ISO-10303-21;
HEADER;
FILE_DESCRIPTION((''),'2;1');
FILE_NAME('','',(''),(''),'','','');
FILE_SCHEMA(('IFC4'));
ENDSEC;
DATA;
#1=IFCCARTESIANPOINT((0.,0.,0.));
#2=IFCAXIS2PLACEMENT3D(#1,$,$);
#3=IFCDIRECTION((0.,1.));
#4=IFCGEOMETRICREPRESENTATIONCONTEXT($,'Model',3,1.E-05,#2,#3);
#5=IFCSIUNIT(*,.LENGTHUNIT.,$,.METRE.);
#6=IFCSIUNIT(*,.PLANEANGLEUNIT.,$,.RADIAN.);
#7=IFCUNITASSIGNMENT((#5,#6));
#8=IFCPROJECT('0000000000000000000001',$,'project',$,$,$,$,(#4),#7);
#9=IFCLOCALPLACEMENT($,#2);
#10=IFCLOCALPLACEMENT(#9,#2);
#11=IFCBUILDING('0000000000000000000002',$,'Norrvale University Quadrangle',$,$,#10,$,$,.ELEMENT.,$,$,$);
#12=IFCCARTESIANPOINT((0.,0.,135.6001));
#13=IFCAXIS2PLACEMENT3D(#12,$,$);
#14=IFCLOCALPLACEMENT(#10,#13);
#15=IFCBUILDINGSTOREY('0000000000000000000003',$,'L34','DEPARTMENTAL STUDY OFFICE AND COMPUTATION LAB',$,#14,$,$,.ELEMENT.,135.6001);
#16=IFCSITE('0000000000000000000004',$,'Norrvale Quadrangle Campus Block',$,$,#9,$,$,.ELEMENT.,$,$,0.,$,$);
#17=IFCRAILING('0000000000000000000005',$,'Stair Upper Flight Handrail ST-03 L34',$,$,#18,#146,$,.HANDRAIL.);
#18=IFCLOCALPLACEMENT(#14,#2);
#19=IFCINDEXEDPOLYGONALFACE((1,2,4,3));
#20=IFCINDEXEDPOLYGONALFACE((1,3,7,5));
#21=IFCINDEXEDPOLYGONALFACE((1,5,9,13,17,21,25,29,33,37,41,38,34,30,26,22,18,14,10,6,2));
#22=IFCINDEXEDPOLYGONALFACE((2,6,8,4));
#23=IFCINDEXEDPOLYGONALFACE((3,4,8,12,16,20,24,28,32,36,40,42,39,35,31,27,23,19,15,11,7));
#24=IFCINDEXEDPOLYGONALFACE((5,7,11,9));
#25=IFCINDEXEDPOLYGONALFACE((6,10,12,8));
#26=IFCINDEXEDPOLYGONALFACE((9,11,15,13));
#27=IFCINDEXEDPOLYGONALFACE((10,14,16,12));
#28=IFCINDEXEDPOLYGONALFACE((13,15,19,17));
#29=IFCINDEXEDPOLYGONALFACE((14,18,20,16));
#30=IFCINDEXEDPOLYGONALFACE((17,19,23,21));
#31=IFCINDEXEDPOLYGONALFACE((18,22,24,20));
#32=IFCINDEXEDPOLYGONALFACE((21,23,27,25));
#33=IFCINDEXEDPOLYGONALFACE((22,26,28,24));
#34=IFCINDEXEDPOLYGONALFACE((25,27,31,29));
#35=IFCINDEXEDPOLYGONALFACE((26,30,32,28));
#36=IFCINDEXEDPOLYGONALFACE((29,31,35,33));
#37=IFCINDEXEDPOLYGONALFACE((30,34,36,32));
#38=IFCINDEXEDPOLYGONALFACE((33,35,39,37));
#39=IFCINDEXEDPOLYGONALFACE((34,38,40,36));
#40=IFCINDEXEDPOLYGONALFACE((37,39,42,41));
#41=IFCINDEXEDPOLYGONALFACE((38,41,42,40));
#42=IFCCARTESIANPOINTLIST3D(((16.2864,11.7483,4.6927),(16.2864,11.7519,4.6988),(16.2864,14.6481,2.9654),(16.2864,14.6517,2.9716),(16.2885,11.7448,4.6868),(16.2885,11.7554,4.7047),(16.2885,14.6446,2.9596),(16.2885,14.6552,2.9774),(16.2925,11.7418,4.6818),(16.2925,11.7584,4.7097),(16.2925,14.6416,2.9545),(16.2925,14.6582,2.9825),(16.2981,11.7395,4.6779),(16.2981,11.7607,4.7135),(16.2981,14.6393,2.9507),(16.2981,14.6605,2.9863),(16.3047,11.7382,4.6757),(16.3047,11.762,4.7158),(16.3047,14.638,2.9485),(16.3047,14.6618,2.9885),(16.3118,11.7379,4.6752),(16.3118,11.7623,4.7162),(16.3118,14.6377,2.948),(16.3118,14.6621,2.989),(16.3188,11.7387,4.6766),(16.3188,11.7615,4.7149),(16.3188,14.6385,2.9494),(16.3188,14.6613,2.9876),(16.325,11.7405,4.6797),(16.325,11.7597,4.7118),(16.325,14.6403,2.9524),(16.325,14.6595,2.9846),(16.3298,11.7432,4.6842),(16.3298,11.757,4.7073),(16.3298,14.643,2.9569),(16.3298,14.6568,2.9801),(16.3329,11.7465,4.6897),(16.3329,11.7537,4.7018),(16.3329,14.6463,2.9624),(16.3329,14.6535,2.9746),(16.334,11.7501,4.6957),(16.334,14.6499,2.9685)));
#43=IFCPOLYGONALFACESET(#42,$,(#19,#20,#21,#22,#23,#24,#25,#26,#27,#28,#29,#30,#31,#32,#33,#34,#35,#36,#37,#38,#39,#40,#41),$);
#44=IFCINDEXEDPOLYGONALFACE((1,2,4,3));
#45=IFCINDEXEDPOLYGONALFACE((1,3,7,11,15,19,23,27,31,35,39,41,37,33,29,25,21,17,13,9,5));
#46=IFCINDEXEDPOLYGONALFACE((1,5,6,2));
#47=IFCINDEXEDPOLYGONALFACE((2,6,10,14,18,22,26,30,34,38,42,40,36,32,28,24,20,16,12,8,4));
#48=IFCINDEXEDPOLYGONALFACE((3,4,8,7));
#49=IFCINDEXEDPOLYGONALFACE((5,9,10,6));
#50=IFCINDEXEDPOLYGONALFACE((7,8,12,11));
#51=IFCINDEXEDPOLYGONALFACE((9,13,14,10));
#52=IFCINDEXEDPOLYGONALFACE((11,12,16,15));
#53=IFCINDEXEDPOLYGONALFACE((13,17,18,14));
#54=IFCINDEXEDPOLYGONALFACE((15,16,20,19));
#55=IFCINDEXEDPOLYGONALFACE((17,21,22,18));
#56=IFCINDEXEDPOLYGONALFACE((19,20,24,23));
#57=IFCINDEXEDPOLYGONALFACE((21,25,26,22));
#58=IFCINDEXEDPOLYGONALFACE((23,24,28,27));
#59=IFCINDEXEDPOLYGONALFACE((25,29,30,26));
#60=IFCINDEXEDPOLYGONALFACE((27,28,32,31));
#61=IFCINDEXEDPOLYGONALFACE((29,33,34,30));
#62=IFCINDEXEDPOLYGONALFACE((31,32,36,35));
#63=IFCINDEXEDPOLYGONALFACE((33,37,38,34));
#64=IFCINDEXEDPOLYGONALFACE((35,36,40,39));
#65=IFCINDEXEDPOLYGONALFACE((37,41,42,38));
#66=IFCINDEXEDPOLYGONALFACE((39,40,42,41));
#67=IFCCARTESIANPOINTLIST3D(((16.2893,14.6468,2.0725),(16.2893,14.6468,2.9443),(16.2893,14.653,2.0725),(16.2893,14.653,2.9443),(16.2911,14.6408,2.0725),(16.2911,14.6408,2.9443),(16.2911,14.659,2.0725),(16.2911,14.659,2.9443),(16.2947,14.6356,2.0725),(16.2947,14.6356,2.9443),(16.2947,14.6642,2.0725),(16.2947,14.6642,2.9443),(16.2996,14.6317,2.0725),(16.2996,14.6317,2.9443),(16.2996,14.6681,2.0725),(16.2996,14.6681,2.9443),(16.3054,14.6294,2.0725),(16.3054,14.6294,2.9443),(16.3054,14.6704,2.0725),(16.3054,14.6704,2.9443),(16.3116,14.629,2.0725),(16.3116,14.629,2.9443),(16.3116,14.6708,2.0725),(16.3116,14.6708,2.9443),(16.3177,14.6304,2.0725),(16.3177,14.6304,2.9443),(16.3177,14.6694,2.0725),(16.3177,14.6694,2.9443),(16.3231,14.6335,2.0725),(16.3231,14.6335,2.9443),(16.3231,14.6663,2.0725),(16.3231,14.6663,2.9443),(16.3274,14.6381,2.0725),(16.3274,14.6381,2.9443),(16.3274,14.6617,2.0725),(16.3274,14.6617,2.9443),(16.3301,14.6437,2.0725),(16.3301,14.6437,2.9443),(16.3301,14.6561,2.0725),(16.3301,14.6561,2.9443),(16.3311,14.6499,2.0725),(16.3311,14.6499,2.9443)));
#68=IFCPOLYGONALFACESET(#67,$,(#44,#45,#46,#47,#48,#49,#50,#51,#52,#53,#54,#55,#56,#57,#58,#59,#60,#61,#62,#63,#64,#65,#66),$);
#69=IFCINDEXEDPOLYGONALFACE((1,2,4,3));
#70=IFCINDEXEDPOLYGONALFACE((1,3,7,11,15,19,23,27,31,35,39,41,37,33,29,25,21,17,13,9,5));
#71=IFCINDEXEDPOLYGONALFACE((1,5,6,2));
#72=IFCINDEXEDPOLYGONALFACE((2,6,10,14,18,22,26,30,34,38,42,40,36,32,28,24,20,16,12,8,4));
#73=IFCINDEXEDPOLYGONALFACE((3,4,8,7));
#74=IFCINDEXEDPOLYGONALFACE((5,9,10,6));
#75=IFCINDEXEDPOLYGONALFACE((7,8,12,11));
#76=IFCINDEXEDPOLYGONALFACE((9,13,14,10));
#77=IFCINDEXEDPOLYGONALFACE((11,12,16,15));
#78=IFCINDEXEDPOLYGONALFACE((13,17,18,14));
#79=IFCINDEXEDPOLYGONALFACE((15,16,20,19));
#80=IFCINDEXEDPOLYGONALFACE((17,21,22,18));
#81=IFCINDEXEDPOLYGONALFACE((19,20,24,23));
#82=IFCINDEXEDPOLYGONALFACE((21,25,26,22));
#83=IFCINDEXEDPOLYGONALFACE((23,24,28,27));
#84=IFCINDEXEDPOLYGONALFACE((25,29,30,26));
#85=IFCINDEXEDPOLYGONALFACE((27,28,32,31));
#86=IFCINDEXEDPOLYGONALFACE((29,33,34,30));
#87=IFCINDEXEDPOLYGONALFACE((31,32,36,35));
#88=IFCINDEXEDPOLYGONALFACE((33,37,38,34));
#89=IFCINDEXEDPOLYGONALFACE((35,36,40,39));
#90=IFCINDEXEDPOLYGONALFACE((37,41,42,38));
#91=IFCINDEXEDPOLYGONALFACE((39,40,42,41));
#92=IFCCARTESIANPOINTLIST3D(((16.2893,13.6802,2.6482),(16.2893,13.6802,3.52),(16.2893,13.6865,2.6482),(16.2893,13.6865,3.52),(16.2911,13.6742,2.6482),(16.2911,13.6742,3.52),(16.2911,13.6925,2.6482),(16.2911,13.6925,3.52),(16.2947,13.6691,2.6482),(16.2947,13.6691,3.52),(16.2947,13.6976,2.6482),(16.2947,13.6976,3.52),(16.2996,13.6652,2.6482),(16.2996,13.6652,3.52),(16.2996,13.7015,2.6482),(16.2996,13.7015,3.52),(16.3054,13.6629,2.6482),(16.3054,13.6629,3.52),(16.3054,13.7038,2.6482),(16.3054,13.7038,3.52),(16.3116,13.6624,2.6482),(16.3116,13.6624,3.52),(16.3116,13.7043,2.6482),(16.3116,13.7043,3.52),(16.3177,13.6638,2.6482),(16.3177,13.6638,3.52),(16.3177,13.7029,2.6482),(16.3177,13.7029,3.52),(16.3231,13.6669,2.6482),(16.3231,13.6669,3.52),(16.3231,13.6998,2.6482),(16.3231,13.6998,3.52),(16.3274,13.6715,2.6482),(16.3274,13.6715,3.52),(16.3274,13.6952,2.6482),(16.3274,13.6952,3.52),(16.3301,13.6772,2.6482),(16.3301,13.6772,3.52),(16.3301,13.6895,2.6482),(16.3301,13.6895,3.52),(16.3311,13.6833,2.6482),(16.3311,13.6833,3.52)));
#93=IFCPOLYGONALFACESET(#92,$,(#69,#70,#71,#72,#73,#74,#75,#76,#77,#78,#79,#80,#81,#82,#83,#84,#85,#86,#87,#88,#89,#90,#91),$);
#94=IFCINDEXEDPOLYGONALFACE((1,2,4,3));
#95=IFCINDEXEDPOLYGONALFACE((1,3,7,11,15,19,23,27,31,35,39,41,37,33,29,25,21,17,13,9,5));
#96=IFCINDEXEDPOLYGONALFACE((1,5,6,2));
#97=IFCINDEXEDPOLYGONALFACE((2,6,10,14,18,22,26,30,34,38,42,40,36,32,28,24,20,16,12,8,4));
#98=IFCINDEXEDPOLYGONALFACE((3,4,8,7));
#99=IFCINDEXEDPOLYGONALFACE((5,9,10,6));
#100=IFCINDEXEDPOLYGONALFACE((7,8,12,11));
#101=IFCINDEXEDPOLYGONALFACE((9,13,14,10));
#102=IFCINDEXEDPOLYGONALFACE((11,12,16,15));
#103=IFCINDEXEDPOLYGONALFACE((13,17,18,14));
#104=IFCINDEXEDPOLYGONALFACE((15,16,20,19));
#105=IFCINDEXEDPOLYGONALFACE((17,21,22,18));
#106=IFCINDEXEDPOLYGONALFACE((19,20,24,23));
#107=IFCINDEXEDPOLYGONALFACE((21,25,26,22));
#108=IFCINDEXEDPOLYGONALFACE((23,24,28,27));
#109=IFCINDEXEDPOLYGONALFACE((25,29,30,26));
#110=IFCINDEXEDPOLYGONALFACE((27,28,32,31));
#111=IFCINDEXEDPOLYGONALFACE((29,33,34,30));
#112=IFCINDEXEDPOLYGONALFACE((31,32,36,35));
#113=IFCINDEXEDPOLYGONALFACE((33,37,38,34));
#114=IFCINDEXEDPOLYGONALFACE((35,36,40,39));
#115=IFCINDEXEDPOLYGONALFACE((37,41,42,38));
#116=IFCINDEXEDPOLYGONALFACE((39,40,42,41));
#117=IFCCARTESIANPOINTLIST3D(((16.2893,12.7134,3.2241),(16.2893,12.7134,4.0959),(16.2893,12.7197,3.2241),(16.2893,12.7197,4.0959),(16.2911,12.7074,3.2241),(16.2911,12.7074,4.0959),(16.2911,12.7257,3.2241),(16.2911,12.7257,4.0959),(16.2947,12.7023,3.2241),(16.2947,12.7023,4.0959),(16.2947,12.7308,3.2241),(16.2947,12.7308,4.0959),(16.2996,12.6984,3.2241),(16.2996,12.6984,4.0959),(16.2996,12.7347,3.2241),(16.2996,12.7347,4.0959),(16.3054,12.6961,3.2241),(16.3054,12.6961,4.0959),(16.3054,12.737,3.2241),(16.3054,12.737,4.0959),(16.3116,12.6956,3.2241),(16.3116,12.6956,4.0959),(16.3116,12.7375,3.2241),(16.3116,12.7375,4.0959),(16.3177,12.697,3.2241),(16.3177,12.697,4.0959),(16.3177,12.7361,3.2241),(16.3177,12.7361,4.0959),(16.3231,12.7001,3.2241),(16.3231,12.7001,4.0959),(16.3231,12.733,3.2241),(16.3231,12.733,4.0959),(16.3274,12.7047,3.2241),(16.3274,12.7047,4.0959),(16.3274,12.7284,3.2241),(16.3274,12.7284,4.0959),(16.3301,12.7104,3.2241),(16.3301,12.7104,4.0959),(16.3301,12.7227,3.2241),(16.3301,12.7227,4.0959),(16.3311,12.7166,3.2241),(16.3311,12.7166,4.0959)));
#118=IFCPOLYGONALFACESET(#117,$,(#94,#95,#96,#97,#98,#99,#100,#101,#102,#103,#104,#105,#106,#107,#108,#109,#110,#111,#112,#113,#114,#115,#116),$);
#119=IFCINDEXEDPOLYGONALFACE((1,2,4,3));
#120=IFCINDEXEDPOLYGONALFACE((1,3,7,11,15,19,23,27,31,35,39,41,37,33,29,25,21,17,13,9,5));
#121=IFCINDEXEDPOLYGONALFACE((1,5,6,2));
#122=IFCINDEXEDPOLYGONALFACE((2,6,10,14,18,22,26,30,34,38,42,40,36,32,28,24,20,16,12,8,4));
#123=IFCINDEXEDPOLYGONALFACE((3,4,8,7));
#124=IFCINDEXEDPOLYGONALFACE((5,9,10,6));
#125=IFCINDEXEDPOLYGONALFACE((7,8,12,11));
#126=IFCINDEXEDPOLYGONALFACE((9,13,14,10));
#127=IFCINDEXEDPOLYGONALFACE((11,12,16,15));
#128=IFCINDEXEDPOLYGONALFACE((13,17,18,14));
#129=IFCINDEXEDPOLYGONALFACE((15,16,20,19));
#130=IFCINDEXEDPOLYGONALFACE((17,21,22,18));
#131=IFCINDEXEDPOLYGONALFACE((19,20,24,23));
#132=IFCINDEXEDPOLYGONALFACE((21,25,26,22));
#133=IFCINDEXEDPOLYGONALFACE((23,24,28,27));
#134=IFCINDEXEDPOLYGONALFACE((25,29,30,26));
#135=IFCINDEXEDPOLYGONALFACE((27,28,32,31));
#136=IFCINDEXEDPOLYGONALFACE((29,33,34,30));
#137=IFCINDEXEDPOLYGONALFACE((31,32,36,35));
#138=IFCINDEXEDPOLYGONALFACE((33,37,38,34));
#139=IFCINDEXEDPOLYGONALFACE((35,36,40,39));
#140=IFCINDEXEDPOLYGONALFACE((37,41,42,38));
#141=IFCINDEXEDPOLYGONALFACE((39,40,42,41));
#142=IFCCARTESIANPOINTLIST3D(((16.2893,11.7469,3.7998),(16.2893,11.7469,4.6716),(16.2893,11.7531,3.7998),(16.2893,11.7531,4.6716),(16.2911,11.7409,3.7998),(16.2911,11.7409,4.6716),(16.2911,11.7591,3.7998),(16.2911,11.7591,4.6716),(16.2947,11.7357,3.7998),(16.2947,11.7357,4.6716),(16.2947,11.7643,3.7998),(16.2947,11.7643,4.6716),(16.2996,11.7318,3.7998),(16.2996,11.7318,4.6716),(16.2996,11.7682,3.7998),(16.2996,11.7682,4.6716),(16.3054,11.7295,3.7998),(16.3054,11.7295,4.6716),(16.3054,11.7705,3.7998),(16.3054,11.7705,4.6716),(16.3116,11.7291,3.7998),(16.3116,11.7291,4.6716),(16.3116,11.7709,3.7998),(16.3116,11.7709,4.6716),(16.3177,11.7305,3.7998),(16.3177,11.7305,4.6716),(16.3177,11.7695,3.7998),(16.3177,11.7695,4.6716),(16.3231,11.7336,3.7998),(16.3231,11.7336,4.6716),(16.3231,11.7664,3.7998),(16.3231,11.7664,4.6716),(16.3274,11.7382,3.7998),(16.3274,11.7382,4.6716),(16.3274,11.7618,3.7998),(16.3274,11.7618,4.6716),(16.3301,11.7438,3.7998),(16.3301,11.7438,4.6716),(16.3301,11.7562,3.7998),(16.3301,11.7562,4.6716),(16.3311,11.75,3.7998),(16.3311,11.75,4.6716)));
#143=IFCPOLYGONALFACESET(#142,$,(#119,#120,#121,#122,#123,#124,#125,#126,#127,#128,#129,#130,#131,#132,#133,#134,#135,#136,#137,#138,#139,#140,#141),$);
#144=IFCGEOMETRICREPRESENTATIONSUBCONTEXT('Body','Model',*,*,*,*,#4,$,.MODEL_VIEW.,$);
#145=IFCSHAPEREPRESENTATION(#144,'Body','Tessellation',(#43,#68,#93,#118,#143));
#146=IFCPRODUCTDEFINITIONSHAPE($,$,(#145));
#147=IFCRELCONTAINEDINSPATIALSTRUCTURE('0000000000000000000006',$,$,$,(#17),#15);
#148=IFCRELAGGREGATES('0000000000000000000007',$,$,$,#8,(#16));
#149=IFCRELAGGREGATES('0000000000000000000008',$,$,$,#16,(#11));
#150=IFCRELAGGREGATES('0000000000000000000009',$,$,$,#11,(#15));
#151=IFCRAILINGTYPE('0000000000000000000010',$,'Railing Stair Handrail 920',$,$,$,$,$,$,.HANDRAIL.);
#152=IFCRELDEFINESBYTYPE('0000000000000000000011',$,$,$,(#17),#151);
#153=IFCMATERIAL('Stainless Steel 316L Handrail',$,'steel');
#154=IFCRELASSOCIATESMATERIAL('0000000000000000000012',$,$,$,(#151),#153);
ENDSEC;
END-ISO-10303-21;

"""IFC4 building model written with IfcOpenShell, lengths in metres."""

from ifc_helpers import new_model, si_unit, direction, frame, origin, origin_2d, place, context, subcontext, project, spatial, circle, extrude, material, type_object, element, save


model = new_model("IFC4")

# Units and contexts
model_context = context("Model", 3, precision=1e-05, world=origin(), true_north=direction((0.0, 1.0)))
body_context = subcontext(model_context, "Body", "Model", "MODEL_VIEW")
ifc_project = project(units=[si_unit("LENGTHUNIT", "METRE"), si_unit("PLANEANGLEUNIT", "RADIAN")], contexts=[model_context])

# Site, building, storey
site_placement = place(None, origin())
site = spatial("IfcSite", under=ifc_project, at=site_placement, Name="Norrvale Quadrangle Campus Block", CompositionType="ELEMENT", RefElevation=0.0)
building_placement = place(site_placement, origin())
building = spatial("IfcBuilding", under=site, at=building_placement, Name="Norrvale University Quadrangle", CompositionType="ELEMENT")
storey_placement = place(building_placement, frame((0.0, 0.0, 135.6001)))
storey = spatial("IfcBuildingStorey", under=building, at=storey_placement, Name="L34", Description="DEPARTMENTAL STUDY OFFICE AND COMPUTATION LAB", CompositionType="ELEMENT", Elevation=135.6001)

# Railing
ifc_material_1 = material(Name="Stainless Steel 316L Handrail", Category="steel")
railing_type_1 = type_object("IfcRailingType", Name="Railing Stair Handrail 920", PredefinedType="HANDRAIL", material=ifc_material_1)
railing_1_placement = place(storey_placement, frame((16.3101, 14.6499, 2.0725)))
element("IfcRailing", 1, at=railing_1_placement, inside=storey, type_object=railing_type_1, Name="Stair Upper Flight Handrail ST-03 L34", PredefinedType="HANDRAIL", context=body_context, shape_type="SweptSolid", body=[
    extrude(circle(Radius=0.0239, at=origin_2d()), frame((0.0, 0.0, 0.896), z_axis=(0.0, -0.859141, 0.511738), x_axis=(1.0, 0.0, 0.0)), (0.0, 0.0, 1.0), 3.3752),
    extrude(circle(Radius=0.021, at=origin_2d()), origin(), (0.0, 0.0, 1.0), 0.8718),
    extrude(circle(Radius=0.021, at=origin_2d()), frame((0.0, -0.9666, 0.5757)), (0.0, 0.0, 1.0), 0.8718),
    extrude(circle(Radius=0.021, at=origin_2d()), frame((0.0, -1.9333, 1.1516)), (0.0, 0.0, 1.0), 0.8718),
    extrude(circle(Radius=0.021, at=origin_2d()), frame((0.0, -2.8999, 1.7273)), (0.0, 0.0, 1.0), 0.8718),
])

save(model, "model.ifc")
